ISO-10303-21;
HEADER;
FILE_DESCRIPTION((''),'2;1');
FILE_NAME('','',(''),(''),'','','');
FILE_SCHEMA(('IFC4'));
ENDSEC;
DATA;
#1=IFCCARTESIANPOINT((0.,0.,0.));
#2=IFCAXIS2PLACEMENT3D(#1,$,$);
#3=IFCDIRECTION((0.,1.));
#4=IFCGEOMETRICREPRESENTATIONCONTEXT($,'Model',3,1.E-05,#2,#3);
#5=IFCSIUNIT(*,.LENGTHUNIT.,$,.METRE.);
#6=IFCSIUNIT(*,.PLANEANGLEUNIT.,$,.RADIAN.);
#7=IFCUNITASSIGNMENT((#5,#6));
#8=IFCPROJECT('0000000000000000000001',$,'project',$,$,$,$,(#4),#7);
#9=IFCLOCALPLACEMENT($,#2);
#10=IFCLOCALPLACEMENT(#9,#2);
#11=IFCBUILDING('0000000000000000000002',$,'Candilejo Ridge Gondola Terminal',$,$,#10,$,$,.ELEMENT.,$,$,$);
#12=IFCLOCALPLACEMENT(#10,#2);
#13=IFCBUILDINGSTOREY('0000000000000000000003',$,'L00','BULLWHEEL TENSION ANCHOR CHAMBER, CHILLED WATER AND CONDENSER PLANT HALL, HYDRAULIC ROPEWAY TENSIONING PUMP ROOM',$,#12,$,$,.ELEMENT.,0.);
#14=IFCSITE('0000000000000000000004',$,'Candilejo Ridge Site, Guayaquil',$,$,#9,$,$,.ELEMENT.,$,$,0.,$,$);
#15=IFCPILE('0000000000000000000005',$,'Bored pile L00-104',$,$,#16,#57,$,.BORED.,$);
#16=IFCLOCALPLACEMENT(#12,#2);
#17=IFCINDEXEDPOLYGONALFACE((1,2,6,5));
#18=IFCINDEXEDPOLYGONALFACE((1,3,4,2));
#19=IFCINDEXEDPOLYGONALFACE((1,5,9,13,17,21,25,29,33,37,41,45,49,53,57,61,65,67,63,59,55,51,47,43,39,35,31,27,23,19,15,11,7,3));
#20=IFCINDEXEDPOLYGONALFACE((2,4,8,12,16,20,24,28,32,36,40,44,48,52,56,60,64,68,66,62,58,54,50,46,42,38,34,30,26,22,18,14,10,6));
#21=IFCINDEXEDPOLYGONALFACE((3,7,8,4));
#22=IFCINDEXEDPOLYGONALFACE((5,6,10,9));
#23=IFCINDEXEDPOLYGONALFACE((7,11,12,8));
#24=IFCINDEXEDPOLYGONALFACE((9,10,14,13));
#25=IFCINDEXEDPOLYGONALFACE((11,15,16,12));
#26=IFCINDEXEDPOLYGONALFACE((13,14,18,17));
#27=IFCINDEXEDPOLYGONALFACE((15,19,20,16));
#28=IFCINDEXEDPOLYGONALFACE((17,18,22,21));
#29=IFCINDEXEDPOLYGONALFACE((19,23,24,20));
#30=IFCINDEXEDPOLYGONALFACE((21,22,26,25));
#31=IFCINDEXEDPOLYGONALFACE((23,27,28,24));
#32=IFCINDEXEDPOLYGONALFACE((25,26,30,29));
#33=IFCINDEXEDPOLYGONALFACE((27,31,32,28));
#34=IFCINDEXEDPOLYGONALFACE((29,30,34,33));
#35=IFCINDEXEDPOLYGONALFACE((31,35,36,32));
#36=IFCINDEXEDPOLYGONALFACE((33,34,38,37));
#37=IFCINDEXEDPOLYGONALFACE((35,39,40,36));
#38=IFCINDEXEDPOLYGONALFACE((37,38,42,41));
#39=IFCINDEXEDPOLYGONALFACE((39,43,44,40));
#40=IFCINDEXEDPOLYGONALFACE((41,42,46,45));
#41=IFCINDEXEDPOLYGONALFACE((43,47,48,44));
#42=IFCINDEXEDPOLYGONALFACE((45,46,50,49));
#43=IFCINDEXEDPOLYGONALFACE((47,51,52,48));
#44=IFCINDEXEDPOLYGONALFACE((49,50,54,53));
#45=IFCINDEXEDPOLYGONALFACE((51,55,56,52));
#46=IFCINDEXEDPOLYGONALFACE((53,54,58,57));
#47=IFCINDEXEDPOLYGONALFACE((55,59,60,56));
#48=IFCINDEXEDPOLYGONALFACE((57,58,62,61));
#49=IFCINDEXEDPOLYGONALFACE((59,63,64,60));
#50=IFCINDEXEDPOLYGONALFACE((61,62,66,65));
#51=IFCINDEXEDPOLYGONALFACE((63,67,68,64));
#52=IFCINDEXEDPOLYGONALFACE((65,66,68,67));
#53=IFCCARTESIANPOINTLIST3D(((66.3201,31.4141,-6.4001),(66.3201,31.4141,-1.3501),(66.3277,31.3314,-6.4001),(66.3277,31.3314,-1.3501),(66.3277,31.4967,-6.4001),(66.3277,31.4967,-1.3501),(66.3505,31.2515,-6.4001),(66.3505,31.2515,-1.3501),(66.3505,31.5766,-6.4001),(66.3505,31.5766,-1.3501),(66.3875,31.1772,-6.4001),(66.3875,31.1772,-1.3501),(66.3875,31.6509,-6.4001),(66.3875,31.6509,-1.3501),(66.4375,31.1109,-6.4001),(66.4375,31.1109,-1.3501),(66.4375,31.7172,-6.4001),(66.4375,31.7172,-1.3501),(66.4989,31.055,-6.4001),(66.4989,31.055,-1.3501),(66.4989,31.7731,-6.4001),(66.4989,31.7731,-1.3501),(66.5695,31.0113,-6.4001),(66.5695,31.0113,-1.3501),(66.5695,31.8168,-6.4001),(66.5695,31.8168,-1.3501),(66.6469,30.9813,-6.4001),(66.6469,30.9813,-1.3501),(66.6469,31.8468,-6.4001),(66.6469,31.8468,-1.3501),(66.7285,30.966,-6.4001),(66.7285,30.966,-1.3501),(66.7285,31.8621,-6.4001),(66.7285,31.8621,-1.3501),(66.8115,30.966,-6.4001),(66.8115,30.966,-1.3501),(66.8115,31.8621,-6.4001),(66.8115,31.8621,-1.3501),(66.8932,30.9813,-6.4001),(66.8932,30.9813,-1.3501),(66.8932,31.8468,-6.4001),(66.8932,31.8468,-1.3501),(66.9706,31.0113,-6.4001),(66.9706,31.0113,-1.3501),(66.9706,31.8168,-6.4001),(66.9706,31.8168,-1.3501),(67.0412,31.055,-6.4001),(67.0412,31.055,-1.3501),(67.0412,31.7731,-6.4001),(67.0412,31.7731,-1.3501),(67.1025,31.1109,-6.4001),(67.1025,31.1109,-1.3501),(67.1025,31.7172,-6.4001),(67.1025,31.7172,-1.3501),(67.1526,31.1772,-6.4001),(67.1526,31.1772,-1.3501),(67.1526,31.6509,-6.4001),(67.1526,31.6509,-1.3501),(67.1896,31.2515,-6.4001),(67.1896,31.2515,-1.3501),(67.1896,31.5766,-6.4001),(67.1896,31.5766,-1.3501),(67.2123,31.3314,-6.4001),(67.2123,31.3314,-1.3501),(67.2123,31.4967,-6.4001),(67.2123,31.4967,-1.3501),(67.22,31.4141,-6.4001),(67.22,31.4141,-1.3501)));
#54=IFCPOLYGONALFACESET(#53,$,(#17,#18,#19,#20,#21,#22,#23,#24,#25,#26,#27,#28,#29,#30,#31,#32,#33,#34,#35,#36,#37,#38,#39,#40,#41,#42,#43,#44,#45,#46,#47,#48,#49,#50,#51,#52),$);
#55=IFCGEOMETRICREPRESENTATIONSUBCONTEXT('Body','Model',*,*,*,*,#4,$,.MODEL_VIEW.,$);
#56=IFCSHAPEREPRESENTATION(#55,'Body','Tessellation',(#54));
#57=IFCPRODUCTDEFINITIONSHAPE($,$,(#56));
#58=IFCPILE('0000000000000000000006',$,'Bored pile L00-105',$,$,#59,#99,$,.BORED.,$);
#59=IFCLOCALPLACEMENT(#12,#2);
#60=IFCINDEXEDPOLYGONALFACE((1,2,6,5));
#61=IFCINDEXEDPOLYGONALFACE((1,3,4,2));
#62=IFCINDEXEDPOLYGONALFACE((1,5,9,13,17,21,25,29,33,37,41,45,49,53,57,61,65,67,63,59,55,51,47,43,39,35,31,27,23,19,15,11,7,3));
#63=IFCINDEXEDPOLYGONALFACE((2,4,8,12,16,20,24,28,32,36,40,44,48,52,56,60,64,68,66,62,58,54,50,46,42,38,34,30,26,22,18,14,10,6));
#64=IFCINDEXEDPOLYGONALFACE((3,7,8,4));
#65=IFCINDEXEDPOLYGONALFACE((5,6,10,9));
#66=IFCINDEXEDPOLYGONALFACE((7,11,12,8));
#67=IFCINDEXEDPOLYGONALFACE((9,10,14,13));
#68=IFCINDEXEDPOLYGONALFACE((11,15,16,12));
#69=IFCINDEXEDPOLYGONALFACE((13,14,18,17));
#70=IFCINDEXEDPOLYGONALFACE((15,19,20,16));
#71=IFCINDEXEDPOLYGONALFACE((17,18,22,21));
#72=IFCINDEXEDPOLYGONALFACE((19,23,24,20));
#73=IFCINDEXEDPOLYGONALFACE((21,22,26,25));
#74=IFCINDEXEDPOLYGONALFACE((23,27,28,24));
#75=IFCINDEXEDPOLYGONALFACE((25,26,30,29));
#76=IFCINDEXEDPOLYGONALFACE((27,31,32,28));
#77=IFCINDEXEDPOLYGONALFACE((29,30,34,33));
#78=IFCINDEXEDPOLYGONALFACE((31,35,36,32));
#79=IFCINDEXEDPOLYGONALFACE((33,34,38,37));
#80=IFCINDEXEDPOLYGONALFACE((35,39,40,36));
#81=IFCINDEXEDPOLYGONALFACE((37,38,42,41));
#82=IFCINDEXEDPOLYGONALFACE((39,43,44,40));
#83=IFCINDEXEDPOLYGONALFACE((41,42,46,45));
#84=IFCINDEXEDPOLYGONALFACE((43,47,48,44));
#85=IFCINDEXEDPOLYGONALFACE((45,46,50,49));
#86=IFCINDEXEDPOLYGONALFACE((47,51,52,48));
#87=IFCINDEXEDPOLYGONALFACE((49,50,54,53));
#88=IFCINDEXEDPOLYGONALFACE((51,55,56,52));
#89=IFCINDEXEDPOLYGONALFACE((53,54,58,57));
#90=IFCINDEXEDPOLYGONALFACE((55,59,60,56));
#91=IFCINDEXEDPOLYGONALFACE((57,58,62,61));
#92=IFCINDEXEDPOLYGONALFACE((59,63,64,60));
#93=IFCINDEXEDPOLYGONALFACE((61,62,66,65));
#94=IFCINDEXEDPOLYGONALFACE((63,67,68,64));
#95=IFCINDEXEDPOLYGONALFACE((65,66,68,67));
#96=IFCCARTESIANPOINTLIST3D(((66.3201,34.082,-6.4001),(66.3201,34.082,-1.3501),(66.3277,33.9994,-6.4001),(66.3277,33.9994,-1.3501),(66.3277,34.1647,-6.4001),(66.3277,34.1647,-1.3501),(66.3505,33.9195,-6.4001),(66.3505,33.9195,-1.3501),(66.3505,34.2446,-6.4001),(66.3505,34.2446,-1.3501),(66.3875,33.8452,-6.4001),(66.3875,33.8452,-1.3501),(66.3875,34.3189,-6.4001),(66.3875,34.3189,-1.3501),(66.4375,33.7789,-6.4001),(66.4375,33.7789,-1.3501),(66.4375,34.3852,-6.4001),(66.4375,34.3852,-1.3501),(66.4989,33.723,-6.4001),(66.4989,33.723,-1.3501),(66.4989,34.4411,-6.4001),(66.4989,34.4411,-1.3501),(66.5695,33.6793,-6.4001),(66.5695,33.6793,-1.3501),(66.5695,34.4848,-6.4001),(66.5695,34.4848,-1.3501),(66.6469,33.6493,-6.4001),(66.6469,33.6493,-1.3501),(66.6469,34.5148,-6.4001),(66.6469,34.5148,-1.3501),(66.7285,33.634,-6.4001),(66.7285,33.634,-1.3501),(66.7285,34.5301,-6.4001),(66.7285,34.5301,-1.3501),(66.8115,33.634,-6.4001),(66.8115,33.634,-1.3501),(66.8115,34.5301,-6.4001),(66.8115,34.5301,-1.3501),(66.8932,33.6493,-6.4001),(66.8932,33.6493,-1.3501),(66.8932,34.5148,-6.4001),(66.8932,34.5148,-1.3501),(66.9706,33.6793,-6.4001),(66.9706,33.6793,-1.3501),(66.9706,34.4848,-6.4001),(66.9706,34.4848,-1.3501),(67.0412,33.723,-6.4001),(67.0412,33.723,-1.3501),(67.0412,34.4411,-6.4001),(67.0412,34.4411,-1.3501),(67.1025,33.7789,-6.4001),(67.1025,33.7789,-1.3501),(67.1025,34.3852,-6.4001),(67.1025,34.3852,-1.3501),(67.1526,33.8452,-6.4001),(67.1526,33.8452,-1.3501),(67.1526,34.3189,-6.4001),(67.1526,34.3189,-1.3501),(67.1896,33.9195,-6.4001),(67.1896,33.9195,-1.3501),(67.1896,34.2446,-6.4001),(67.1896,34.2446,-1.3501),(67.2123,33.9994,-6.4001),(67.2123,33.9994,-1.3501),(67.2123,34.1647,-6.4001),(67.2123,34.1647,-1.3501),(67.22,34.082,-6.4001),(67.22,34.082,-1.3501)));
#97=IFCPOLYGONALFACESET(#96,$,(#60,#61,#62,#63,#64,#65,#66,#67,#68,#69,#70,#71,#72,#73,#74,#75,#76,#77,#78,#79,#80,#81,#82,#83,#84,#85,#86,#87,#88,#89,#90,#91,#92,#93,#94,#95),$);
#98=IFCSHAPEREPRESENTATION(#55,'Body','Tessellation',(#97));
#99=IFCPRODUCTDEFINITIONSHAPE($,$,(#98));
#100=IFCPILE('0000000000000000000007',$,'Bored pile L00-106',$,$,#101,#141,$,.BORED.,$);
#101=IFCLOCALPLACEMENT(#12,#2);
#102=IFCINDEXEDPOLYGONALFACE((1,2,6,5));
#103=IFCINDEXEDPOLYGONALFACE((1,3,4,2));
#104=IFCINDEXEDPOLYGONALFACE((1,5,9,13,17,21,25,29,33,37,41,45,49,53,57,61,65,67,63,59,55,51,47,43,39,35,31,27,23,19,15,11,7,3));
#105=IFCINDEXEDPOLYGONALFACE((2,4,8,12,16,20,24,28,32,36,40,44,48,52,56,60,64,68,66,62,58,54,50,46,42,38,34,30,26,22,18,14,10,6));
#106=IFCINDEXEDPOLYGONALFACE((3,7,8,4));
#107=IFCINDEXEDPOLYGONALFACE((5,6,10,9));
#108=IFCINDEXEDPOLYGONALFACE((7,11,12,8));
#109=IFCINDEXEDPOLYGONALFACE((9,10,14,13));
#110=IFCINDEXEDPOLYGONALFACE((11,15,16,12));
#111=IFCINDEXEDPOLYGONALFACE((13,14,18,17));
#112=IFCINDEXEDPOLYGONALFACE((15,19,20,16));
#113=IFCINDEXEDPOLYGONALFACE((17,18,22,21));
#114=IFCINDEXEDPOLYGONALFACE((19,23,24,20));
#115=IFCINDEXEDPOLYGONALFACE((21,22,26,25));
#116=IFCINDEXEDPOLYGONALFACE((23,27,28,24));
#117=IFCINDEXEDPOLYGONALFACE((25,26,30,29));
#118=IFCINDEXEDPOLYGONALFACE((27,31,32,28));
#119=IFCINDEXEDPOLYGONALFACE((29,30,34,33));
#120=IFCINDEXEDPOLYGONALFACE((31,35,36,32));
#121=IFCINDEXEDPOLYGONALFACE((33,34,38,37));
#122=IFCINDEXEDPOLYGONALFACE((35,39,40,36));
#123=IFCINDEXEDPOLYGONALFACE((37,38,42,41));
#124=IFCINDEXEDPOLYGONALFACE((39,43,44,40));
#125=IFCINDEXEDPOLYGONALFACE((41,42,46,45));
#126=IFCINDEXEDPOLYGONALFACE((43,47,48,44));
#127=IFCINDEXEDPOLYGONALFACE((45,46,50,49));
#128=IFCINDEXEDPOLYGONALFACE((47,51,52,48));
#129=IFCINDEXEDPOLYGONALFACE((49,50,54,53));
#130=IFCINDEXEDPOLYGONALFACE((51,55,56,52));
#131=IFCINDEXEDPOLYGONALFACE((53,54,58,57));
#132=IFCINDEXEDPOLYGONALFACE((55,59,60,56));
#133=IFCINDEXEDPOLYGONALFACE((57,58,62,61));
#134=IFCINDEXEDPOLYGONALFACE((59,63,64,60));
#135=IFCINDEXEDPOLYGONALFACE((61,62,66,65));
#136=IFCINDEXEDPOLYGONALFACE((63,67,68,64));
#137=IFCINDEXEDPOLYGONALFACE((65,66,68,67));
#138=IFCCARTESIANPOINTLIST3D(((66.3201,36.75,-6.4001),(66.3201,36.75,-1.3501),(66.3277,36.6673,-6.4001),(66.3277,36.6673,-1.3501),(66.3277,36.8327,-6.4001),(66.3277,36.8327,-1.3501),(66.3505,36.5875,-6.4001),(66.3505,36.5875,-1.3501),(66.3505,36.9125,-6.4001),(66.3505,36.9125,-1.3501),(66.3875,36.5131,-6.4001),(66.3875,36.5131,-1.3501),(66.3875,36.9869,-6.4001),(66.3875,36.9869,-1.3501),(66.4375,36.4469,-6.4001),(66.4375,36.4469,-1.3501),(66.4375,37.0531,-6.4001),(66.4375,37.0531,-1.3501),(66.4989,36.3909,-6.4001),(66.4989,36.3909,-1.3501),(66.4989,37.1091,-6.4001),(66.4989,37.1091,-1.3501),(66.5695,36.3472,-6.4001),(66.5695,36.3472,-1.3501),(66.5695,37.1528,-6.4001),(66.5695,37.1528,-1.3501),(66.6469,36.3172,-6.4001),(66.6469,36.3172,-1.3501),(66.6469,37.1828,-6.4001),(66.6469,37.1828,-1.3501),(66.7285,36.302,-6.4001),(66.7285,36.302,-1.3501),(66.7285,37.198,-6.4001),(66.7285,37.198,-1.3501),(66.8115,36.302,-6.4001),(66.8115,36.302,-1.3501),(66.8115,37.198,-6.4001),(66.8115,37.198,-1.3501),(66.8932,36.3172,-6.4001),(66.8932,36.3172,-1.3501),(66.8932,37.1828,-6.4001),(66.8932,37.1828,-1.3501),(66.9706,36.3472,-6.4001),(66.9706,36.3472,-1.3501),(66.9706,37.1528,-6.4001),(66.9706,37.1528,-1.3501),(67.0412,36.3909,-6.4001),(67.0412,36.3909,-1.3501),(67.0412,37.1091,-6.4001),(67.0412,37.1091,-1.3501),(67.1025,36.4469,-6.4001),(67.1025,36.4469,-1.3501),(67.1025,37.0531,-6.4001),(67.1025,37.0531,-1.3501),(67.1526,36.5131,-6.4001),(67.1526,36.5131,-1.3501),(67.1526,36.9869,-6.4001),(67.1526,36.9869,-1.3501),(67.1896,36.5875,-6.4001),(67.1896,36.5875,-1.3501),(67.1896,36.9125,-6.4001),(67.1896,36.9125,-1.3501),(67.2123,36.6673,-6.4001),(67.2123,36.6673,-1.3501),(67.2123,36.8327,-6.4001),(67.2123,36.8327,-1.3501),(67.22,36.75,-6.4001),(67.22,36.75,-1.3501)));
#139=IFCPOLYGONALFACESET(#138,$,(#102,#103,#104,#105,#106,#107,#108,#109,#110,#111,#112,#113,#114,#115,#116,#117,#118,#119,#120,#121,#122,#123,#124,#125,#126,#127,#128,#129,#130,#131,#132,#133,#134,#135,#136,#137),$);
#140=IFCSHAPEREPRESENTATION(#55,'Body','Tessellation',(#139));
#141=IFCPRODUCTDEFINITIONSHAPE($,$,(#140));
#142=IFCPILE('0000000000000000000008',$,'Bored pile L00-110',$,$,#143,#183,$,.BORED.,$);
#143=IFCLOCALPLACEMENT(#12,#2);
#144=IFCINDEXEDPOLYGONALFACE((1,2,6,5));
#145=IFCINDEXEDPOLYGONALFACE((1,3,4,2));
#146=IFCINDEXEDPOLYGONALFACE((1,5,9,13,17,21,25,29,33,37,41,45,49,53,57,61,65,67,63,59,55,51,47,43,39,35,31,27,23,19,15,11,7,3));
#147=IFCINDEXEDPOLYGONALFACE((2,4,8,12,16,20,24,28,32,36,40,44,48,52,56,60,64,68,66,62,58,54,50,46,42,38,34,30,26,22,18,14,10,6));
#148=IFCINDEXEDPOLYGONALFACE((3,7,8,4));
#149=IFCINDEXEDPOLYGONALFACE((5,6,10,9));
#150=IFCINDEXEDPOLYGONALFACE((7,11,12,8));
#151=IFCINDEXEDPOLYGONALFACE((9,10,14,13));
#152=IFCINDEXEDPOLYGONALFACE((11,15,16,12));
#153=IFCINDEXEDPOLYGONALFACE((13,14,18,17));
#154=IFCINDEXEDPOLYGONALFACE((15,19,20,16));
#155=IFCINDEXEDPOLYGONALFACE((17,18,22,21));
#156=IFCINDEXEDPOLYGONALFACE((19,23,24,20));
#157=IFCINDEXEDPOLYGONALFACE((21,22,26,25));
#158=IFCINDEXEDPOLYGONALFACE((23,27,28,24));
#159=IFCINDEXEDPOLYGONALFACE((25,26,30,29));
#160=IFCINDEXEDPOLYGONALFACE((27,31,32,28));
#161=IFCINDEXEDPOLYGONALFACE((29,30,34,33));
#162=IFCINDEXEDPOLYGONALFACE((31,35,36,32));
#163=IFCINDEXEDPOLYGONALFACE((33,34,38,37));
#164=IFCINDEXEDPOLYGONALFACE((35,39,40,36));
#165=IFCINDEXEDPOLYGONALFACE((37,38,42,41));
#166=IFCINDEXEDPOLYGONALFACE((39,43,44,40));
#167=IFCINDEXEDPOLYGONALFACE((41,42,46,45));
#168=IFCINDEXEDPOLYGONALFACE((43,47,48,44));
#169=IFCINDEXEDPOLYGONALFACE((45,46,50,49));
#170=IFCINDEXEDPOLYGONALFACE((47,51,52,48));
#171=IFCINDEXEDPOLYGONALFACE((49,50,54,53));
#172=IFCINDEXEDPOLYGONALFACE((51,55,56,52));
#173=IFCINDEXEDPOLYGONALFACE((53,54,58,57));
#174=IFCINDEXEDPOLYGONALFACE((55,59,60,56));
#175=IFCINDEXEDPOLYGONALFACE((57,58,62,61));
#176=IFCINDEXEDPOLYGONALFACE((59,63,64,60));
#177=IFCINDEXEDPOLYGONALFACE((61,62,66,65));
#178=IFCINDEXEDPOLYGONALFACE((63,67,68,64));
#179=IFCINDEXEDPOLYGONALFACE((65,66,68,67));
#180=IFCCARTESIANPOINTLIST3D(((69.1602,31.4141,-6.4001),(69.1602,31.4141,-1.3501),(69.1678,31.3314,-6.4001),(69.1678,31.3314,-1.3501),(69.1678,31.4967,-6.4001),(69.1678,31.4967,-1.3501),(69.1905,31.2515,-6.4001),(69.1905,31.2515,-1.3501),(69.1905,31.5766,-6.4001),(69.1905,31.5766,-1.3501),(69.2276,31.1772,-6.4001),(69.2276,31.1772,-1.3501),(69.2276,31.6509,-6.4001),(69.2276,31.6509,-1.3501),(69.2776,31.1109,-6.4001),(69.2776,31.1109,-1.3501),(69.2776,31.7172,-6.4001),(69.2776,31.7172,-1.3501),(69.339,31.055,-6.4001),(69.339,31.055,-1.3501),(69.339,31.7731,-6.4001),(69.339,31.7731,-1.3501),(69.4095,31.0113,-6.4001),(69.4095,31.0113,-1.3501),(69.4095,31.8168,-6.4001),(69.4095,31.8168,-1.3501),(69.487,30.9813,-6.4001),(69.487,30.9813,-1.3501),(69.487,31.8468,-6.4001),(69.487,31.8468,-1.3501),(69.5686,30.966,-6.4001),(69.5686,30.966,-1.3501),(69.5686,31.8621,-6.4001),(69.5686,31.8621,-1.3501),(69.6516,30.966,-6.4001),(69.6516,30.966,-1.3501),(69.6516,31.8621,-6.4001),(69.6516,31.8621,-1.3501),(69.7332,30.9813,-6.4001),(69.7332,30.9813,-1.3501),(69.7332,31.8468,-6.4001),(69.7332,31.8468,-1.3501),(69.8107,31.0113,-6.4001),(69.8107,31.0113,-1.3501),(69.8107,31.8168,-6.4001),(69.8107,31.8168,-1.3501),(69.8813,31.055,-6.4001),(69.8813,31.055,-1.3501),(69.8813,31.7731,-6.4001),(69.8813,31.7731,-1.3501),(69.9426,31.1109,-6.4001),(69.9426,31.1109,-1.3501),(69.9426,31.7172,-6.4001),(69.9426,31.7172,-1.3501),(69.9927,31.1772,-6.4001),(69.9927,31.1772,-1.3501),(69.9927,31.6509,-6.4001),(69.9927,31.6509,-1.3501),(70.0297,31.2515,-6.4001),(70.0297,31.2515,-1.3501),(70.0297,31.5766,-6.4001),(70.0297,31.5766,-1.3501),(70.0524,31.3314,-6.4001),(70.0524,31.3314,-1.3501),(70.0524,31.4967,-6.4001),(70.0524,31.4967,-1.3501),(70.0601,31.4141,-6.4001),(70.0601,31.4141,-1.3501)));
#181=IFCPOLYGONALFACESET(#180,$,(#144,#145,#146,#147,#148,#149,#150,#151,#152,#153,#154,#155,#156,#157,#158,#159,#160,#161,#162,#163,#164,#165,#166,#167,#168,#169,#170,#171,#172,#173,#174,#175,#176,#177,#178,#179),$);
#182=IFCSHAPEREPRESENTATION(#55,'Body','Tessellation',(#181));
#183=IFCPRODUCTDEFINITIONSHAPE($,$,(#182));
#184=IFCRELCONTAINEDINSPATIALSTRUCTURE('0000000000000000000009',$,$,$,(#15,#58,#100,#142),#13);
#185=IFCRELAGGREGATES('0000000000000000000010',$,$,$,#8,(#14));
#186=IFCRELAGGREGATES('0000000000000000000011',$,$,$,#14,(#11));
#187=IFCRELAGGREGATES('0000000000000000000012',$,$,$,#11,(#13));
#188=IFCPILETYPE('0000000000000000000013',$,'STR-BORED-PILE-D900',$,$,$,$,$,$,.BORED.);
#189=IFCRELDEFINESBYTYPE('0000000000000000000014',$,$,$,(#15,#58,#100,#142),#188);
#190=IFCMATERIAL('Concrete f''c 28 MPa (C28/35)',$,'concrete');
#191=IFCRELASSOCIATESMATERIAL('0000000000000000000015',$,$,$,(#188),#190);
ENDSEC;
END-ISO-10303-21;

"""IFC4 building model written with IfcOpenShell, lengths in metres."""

from ifc_helpers import new_model, si_unit, direction, frame, origin, origin_2d, place, context, subcontext, project, spatial, circle, extrude, material, material_profile, profile_set, type_object, element, save


model = new_model("IFC4")

# Units and contexts
model_context = context("Model", 3, precision=1e-05, world=origin(), true_north=direction((0.0, 1.0)))
body_context = subcontext(model_context, "Body", "Model", "MODEL_VIEW")
ifc_project = project(units=[si_unit("LENGTHUNIT", "METRE"), si_unit("PLANEANGLEUNIT", "RADIAN")], contexts=[model_context])

# Site, building, storey
site_placement = place(None, origin())
site = spatial("IfcSite", under=ifc_project, at=site_placement, Name="Candilejo Ridge Site, Guayaquil", CompositionType="ELEMENT", RefElevation=0.0)
building_placement = place(site_placement, origin())
building = spatial("IfcBuilding", under=site, at=building_placement, Name="Candilejo Ridge Gondola Terminal", CompositionType="ELEMENT")
storey_placement = place(building_placement, origin())
storey = spatial("IfcBuildingStorey", under=building, at=storey_placement, Name="L00", Description="BULLWHEEL TENSION ANCHOR CHAMBER, CHILLED WATER AND CONDENSER PLANT HALL, HYDRAULIC ROPEWAY TENSIONING PUMP ROOM", CompositionType="ELEMENT", Elevation=0.0)

# Piles
ifc_material_1 = material(Name="Concrete f'c 28 MPa (C28/35)", Category="concrete")
ifc_material_profile_1 = material_profile(ifc_material_1, circle(Radius=0.45, at=origin_2d()))
ifc_profile_set_1 = profile_set([ifc_material_profile_1], Name="Concrete f'c 28 MPa (C28/35)")
pile_type = type_object("IfcPileType", Name="STR-BORED-PILE-D900", PredefinedType="BORED", material=ifc_profile_set_1)
for number, where, z_axis, x_axis, name in (
    (1, (66.77, 31.4141, -1.3501), (0.0, 0.0, -1.0), (1.0, 0.0, 0.0), "Bored pile L00-104"),
    (2, (66.77, 34.082, -1.3501), (0.0, 0.0, -1.0), (1.0, 0.0, 0.0), "Bored pile L00-105"),
    (3, (66.77, 36.75, -1.3501), (0.0, 0.0, -1.0), (1.0, 0.0, 0.0), "Bored pile L00-106"),
    (4, (69.6101, 31.4141, -1.3501), (0.0, 0.0, -1.0), (1.0, 0.0, 0.0), "Bored pile L00-110"),
):
    element("IfcPile", number, at=place(storey_placement, frame(where, z_axis=z_axis, x_axis=x_axis)), inside=storey, type_object=pile_type, Name=name, PredefinedType="BORED", context=body_context, shape_type="SweptSolid", body=[
        extrude(circle(Radius=0.45, at=origin_2d()), origin(), (0.0, 0.0, 1.0), 5.05),
    ])

save(model, "model.ifc")
